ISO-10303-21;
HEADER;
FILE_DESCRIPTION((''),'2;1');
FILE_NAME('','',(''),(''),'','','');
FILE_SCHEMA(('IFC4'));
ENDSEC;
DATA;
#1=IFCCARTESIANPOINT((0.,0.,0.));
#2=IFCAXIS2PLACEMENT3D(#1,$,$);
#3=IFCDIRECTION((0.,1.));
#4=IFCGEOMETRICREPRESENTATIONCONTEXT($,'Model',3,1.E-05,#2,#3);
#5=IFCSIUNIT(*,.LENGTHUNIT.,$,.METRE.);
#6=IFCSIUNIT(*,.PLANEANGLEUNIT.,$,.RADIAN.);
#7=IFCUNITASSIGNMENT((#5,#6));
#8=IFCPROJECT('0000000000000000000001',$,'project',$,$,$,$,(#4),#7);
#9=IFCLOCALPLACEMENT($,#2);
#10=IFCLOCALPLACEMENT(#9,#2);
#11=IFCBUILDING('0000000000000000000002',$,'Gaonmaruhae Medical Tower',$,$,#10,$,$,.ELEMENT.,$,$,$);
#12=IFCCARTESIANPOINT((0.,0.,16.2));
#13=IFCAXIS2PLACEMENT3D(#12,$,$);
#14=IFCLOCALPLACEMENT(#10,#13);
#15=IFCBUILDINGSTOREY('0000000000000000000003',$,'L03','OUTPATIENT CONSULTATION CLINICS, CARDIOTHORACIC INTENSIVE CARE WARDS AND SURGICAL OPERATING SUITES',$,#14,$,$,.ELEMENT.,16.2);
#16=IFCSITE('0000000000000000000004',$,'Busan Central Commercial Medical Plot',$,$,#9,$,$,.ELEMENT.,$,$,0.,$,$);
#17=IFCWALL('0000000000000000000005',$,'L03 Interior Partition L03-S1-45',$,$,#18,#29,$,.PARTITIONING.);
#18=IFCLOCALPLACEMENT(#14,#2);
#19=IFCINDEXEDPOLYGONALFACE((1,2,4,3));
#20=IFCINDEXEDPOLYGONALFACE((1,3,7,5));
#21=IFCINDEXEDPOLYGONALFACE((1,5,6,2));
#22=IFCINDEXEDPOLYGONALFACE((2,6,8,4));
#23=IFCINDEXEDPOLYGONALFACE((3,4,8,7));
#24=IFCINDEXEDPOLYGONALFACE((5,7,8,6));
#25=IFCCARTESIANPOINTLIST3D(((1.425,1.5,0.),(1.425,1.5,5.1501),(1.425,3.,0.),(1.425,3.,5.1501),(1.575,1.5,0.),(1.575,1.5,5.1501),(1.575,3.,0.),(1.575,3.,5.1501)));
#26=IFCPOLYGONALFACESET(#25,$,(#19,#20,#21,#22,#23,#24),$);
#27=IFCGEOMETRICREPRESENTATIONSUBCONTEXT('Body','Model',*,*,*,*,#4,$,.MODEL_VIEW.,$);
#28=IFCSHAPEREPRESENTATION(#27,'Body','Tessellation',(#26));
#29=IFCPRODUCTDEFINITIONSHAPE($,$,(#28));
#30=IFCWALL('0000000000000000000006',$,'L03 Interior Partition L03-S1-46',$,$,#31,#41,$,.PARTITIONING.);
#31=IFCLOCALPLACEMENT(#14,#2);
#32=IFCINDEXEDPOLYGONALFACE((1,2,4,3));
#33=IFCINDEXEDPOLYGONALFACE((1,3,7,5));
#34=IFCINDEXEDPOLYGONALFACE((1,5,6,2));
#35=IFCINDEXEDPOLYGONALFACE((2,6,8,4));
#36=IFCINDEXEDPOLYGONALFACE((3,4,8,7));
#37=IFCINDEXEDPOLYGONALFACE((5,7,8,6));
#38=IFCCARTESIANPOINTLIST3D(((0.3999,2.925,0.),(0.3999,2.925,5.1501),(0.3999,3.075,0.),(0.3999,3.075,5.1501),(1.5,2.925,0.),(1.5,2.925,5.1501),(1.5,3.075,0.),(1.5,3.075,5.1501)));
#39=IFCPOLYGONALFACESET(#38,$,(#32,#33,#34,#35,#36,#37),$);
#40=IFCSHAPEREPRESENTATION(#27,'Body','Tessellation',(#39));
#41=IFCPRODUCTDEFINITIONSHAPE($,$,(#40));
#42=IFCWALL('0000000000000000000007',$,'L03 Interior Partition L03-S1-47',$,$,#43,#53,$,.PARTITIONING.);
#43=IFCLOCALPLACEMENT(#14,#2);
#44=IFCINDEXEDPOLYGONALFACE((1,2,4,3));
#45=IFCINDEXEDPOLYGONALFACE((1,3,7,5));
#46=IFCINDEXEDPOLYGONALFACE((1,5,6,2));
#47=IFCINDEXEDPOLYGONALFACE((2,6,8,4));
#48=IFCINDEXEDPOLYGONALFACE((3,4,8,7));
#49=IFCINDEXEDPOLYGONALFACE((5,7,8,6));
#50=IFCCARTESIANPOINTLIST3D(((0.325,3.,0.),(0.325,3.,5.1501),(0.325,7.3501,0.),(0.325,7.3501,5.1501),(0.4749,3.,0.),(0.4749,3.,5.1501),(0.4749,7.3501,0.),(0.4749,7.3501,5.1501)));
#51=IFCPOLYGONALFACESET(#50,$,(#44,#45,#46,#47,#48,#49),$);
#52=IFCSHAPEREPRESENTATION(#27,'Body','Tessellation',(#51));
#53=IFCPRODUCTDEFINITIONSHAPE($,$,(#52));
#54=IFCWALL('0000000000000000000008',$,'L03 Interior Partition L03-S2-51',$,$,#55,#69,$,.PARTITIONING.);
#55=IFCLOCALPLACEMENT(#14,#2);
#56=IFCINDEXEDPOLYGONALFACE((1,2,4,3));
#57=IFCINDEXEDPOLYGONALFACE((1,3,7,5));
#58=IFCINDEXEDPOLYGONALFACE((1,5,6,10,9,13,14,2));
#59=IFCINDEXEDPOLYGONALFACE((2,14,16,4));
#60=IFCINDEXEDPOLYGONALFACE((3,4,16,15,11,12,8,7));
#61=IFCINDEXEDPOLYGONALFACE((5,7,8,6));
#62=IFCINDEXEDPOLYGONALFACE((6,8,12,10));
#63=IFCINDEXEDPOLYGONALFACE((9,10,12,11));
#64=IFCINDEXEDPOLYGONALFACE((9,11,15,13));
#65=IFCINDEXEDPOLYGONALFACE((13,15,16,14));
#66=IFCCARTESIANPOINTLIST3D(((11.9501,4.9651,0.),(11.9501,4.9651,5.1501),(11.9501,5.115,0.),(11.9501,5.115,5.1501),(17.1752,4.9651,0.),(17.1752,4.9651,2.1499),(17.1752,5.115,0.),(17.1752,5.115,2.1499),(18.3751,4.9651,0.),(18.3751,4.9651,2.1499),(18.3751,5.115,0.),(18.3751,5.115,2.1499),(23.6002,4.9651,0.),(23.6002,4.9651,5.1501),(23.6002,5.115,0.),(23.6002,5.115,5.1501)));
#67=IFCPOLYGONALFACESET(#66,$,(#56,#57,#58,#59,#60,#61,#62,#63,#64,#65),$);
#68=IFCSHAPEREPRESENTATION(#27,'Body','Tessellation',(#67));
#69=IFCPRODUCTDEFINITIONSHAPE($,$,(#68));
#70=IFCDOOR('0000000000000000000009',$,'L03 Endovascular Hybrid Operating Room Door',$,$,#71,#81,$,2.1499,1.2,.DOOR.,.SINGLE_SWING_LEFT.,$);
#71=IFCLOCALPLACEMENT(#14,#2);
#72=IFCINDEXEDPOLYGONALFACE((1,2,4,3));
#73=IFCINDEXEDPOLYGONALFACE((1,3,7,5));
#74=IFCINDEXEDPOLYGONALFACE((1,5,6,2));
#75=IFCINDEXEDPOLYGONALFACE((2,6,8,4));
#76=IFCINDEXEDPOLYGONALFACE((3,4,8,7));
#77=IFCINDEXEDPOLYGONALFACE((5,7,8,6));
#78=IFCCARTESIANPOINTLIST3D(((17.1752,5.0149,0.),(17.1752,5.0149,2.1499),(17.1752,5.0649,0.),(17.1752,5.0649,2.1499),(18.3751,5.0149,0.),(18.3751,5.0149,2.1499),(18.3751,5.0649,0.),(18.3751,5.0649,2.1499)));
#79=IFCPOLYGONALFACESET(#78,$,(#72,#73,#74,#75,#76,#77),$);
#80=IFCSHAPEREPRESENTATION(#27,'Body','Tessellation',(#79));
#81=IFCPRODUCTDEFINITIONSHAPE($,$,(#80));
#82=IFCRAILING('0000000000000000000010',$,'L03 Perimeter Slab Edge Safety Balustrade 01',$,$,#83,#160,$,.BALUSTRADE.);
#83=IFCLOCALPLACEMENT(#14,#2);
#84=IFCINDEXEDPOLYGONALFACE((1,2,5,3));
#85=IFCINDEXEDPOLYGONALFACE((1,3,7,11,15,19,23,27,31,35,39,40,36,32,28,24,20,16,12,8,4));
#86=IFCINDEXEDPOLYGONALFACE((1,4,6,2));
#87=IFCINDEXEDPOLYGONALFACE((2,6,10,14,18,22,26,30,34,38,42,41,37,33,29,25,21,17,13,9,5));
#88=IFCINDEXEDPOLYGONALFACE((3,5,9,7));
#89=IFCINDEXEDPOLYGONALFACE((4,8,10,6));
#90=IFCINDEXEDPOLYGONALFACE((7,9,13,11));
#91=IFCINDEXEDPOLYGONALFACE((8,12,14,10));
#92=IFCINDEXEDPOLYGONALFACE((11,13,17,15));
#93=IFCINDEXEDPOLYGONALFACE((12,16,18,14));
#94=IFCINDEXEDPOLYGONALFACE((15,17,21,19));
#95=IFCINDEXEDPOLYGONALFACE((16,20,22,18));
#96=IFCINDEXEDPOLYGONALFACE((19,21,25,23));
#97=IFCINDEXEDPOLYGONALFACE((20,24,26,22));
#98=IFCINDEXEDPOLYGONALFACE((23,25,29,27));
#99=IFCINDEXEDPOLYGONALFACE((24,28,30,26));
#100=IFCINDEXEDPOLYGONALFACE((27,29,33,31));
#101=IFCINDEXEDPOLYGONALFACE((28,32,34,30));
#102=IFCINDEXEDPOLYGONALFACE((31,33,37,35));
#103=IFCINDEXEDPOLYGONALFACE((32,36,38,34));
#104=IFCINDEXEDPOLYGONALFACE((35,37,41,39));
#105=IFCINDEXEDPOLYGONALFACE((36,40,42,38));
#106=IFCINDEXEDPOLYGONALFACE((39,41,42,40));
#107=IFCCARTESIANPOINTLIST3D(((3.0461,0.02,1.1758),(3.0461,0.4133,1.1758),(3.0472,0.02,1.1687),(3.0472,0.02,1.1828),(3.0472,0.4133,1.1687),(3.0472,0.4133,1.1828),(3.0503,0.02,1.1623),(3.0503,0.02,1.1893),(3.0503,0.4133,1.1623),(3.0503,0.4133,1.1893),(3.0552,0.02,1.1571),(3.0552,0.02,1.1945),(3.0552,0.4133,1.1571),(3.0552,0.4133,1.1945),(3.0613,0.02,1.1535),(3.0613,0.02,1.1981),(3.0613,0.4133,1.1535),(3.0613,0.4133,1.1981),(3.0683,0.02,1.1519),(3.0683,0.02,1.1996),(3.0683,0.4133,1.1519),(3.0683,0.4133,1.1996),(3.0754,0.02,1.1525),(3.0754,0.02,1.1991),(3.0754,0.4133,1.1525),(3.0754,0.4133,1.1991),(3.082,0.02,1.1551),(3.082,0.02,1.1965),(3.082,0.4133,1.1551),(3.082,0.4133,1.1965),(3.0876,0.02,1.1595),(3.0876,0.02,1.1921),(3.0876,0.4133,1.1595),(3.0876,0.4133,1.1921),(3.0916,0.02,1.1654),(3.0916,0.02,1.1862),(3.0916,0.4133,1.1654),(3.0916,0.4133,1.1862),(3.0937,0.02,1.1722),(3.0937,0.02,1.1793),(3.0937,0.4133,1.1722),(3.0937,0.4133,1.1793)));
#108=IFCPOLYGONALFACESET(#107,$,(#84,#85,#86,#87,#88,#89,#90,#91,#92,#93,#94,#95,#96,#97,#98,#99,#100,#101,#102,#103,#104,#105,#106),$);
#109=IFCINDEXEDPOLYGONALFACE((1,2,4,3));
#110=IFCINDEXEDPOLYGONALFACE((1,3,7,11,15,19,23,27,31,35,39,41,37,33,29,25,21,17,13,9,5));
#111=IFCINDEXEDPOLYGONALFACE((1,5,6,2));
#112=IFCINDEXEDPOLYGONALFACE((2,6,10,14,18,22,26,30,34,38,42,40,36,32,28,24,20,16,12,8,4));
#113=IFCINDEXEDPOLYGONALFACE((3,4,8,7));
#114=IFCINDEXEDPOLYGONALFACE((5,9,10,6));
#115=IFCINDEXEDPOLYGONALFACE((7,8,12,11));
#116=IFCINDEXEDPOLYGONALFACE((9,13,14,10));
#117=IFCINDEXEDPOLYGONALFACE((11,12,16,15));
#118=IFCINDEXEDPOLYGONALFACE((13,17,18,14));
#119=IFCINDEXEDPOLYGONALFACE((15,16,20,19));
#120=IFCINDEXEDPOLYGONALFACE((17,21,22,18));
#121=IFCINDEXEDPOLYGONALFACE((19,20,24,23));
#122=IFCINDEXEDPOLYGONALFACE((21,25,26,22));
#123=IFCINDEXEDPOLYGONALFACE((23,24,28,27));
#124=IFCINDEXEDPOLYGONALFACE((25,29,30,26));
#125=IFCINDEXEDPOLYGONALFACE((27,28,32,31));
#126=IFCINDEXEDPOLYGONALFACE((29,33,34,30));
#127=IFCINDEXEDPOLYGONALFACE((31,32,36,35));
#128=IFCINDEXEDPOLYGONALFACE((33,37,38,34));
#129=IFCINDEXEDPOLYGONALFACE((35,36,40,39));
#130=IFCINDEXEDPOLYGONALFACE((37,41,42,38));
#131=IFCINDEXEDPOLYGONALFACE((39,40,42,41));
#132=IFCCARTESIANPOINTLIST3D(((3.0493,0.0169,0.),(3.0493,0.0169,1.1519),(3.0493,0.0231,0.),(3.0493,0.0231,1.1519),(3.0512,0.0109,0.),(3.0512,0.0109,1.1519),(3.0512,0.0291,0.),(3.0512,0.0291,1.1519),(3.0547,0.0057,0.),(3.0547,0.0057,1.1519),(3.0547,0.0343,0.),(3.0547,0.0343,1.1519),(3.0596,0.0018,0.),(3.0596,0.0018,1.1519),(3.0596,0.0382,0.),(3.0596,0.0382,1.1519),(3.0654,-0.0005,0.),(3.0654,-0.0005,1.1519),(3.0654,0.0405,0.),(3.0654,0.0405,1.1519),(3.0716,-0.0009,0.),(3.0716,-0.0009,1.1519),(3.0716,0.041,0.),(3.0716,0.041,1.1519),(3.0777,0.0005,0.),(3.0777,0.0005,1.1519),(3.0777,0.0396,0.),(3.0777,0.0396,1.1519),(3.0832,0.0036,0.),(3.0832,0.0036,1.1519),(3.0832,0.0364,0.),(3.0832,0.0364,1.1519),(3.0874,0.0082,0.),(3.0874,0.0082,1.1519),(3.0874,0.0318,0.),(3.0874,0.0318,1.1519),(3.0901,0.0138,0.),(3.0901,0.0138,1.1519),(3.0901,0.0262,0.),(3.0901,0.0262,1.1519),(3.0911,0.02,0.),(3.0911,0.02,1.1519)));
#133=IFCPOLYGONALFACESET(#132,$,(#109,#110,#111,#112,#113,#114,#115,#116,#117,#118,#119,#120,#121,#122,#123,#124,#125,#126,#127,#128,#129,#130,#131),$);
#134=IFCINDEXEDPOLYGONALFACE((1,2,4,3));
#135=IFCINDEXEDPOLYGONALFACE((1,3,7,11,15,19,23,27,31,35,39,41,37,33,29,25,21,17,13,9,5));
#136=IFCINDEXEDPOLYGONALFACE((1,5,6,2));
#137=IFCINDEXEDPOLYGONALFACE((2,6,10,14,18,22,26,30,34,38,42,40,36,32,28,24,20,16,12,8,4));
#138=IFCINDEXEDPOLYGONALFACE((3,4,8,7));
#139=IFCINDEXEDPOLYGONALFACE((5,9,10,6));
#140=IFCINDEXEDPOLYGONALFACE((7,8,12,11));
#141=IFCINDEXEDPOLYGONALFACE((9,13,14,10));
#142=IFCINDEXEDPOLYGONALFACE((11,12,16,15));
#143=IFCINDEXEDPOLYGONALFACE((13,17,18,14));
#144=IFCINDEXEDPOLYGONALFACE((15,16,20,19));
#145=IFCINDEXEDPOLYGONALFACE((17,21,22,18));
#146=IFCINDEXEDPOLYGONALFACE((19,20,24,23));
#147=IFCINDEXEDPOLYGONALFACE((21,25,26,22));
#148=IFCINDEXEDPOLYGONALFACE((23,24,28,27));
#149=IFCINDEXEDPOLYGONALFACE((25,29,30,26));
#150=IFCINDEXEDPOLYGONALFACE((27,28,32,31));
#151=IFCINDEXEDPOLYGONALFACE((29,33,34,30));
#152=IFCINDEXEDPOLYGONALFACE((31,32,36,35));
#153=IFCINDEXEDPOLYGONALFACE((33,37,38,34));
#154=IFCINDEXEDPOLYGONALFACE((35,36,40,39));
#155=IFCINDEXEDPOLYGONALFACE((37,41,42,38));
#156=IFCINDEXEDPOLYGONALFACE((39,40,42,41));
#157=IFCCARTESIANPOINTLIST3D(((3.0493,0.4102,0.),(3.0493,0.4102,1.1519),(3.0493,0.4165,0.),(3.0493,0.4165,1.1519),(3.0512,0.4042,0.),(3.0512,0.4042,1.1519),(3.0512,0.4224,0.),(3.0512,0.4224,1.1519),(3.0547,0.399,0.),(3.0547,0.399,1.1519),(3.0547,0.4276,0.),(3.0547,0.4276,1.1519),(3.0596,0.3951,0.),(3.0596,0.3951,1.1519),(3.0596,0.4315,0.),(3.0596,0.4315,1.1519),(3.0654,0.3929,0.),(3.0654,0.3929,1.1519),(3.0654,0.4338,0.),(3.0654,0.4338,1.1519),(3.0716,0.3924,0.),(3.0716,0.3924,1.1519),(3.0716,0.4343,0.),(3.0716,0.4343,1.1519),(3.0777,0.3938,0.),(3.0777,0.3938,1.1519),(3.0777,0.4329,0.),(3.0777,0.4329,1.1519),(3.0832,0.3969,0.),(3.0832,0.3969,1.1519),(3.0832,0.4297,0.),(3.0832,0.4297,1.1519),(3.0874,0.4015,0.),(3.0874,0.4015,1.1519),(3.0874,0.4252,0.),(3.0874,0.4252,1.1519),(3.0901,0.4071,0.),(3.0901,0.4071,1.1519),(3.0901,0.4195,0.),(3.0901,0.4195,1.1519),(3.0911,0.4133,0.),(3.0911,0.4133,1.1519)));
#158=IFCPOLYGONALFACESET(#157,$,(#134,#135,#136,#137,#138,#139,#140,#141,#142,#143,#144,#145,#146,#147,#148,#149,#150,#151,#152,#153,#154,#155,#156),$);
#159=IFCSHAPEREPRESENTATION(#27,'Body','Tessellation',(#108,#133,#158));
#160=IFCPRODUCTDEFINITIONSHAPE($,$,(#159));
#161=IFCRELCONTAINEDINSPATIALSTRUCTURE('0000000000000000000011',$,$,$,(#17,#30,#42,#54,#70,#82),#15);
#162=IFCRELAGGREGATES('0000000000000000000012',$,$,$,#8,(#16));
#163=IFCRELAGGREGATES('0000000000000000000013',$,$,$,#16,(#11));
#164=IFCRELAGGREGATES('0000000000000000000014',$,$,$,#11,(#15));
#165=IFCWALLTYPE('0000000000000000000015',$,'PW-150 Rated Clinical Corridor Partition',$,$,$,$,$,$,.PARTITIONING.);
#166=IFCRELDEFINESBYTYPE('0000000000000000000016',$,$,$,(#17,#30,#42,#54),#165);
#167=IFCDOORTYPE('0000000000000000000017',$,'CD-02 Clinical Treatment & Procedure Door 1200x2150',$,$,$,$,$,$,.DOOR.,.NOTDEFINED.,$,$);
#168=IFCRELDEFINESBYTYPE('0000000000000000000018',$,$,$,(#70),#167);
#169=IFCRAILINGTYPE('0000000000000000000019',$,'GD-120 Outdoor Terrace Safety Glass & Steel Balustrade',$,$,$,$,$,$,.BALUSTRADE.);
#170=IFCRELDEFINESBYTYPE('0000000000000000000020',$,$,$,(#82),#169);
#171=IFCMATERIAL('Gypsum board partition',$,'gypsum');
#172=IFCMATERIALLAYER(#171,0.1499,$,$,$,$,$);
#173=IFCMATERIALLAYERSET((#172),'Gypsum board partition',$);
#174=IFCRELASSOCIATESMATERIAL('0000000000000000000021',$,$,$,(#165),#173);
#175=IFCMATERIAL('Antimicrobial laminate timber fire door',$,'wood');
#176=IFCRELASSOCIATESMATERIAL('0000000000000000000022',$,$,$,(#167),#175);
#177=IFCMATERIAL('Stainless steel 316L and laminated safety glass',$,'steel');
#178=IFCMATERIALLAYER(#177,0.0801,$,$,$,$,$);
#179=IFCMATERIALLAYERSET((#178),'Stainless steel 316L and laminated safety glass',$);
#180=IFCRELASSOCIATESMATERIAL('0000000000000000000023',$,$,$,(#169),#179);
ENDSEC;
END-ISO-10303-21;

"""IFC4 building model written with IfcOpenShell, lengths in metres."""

from ifc_helpers import new_model, si_unit, direction, frame, frame_2d, origin, origin_2d, place, context, subcontext, project, spatial, rectangle, circle, extrude, material, layer, layer_set, type_object, element, fill, save


model = new_model("IFC4")

# Units and contexts
model_context = context("Model", 3, precision=1e-05, world=origin(), true_north=direction((0.0, 1.0)))
body_context = subcontext(model_context, "Body", "Model", "MODEL_VIEW")
ifc_project = project(units=[si_unit("LENGTHUNIT", "METRE"), si_unit("PLANEANGLEUNIT", "RADIAN")], contexts=[model_context])

# Site, building, storey
site_placement = place(None, origin())
site = spatial("IfcSite", under=ifc_project, at=site_placement, Name="Busan Central Commercial Medical Plot", CompositionType="ELEMENT", RefElevation=0.0)
building_placement = place(site_placement, origin())
building = spatial("IfcBuilding", under=site, at=building_placement, Name="Gaonmaruhae Medical Tower", CompositionType="ELEMENT")
storey_placement = place(building_placement, frame((0.0, 0.0, 16.2)))
storey = spatial("IfcBuildingStorey", under=building, at=storey_placement, Name="L03", Description="OUTPATIENT CONSULTATION CLINICS, CARDIOTHORACIC INTENSIVE CARE WARDS AND SURGICAL OPERATING SUITES", CompositionType="ELEMENT", Elevation=16.2)

# Shared definitions
ifc_material_1 = material(Name="Gypsum board partition", Category="gypsum")
ifc_layer_1 = layer(ifc_material_1, 0.1499)
ifc_layer_set_1 = layer_set([ifc_layer_1], Name="Gypsum board partition")
wall_type_1 = type_object("IfcWallType", Name="PW-150 Rated Clinical Corridor Partition", PredefinedType="PARTITIONING", material=ifc_layer_set_1)
ifc_material_2 = material(Name="Antimicrobial laminate timber fire door", Category="wood")
door_type = type_object("IfcDoorType", Name="CD-02 Clinical Treatment & Procedure Door 1200x2150", OperationType="NOTDEFINED", PredefinedType="DOOR", material=ifc_material_2)

# Walls
for number, where, z_axis, x_axis, name in (
    (1, (1.5, 1.5, 0.0), (0.0, 0.0, 1.0), (0.0, 1.0, 0.0), "L03 Interior Partition L03-S1-45"),
):
    element("IfcWall", number, at=place(storey_placement, frame(where, z_axis=z_axis, x_axis=x_axis)), inside=storey, type_object=wall_type_1, Name=name, PredefinedType="PARTITIONING", context=body_context, shape_type="SweptSolid", body=[
        extrude(rectangle(XDim=1.5, YDim=0.1499, at=frame_2d((0.75, 0.0))), origin(), (0.0, 0.0, 1.0), 5.1501),
    ])
wall_1_placement = place(storey_placement, frame((1.5, 3.0, 0.0), z_axis=(0.0, 0.0, 1.0), x_axis=(-1.0, 0.0, 0.0)))
element("IfcWall", 2, at=wall_1_placement, inside=storey, type_object=wall_type_1, Name="L03 Interior Partition L03-S1-46", PredefinedType="PARTITIONING", context=body_context, shape_type="SweptSolid", body=[
    extrude(rectangle(XDim=1.1001, YDim=0.1499, at=frame_2d((0.55, 0.0))), origin(), (0.0, 0.0, 1.0), 5.1501),
])
wall_2_placement = place(storey_placement, frame((0.3999, 3.0, 0.0), z_axis=(0.0, 0.0, 1.0), x_axis=(0.0, 1.0, 0.0)))
element("IfcWall", 3, at=wall_2_placement, inside=storey, type_object=wall_type_1, Name="L03 Interior Partition L03-S1-47", PredefinedType="PARTITIONING", context=body_context, shape_type="SweptSolid", body=[
    extrude(rectangle(XDim=4.3501, YDim=0.1499, at=frame_2d((2.175, 0.0))), origin(), (0.0, 0.0, 1.0), 5.1501),
])

# Wall, opening, door
wall_3_placement = place(storey_placement, frame((11.95, 5.04, 0.0), z_axis=(0.0, 0.0, 1.0), x_axis=(1.0, 0.0, 0.0)))
wall_3 = element("IfcWall", 4, at=wall_3_placement, inside=storey, type_object=wall_type_1, Name="L03 Interior Partition L03-S2-51", PredefinedType="PARTITIONING", context=body_context, shape_type="SweptSolid", body=[
    extrude(rectangle(XDim=11.6501, YDim=0.1499, at=frame_2d((5.8252, 0.0))), origin(), (0.0, 0.0, 1.0), 5.1501),
])
opening_1_placement = place(wall_3_placement, frame((5.2251, 0.0, 0.0)))
opening_1 = element("IfcOpeningElement", 5, at=opening_1_placement, cuts=wall_3, PredefinedType="OPENING", context=body_context, shape_type="SweptSolid", body=[
    extrude(rectangle(XDim=1.2, YDim=2.1499, at=frame_2d((0.6001, 1.075))), frame((0.0, 0.085, 0.0), z_axis=(0.0, -1.0, 0.0), x_axis=(1.0, 0.0, 0.0)), (0.0, 0.0, 1.0), 0.1699),
])
door_1_placement = place(opening_1_placement, origin())
door_1 = element("IfcDoor", 6, at=door_1_placement, inside=storey, type_object=door_type, Name="L03 Endovascular Hybrid Operating Room Door", OperationType="SINGLE_SWING_LEFT", OverallHeight=2.1499, OverallWidth=1.2, PredefinedType="DOOR", context=body_context, shape_type="SweptSolid", body=[
    extrude(rectangle(XDim=1.2, YDim=2.1499, at=frame_2d((0.6001, 1.075))), frame((0.0, 0.0249, 0.0), z_axis=(0.0, -1.0, 0.0), x_axis=(1.0, 0.0, 0.0)), (0.0, 0.0, 1.0), 0.05),
])
fill(opening_1, door_1)

# Railing
ifc_material_3 = material(Name="Stainless steel 316L and laminated safety glass", Category="steel")
ifc_layer_2 = layer(ifc_material_3, 0.0801)
ifc_layer_set_2 = layer_set([ifc_layer_2], Name="Stainless steel 316L and laminated safety glass")
railing_type = type_object("IfcRailingType", Name="GD-120 Outdoor Terrace Safety Glass & Steel Balustrade", PredefinedType="BALUSTRADE", material=ifc_layer_set_2)
railing_1_placement = place(storey_placement, frame((3.0701, 0.02, 0.0)))
element("IfcRailing", 7, at=railing_1_placement, inside=storey, type_object=railing_type, Name="L03 Perimeter Slab Edge Safety Balustrade 01", PredefinedType="BALUSTRADE", context=body_context, shape_type="SweptSolid", body=[
    extrude(circle(Radius=0.0239, at=origin_2d()), frame((0.0, 0.0, 1.1758), z_axis=(0.0, 1.0, 0.0), x_axis=(-1.0, 0.0, 0.0)), (0.0, 0.0, 1.0), 0.3933),
    extrude(circle(Radius=0.021, at=origin_2d()), origin(), (0.0, 0.0, 1.0), 1.1519),
    extrude(circle(Radius=0.021, at=origin_2d()), frame((0.0, 0.3933, 0.0)), (0.0, 0.0, 1.0), 1.1519),
])

save(model, "model.ifc")
